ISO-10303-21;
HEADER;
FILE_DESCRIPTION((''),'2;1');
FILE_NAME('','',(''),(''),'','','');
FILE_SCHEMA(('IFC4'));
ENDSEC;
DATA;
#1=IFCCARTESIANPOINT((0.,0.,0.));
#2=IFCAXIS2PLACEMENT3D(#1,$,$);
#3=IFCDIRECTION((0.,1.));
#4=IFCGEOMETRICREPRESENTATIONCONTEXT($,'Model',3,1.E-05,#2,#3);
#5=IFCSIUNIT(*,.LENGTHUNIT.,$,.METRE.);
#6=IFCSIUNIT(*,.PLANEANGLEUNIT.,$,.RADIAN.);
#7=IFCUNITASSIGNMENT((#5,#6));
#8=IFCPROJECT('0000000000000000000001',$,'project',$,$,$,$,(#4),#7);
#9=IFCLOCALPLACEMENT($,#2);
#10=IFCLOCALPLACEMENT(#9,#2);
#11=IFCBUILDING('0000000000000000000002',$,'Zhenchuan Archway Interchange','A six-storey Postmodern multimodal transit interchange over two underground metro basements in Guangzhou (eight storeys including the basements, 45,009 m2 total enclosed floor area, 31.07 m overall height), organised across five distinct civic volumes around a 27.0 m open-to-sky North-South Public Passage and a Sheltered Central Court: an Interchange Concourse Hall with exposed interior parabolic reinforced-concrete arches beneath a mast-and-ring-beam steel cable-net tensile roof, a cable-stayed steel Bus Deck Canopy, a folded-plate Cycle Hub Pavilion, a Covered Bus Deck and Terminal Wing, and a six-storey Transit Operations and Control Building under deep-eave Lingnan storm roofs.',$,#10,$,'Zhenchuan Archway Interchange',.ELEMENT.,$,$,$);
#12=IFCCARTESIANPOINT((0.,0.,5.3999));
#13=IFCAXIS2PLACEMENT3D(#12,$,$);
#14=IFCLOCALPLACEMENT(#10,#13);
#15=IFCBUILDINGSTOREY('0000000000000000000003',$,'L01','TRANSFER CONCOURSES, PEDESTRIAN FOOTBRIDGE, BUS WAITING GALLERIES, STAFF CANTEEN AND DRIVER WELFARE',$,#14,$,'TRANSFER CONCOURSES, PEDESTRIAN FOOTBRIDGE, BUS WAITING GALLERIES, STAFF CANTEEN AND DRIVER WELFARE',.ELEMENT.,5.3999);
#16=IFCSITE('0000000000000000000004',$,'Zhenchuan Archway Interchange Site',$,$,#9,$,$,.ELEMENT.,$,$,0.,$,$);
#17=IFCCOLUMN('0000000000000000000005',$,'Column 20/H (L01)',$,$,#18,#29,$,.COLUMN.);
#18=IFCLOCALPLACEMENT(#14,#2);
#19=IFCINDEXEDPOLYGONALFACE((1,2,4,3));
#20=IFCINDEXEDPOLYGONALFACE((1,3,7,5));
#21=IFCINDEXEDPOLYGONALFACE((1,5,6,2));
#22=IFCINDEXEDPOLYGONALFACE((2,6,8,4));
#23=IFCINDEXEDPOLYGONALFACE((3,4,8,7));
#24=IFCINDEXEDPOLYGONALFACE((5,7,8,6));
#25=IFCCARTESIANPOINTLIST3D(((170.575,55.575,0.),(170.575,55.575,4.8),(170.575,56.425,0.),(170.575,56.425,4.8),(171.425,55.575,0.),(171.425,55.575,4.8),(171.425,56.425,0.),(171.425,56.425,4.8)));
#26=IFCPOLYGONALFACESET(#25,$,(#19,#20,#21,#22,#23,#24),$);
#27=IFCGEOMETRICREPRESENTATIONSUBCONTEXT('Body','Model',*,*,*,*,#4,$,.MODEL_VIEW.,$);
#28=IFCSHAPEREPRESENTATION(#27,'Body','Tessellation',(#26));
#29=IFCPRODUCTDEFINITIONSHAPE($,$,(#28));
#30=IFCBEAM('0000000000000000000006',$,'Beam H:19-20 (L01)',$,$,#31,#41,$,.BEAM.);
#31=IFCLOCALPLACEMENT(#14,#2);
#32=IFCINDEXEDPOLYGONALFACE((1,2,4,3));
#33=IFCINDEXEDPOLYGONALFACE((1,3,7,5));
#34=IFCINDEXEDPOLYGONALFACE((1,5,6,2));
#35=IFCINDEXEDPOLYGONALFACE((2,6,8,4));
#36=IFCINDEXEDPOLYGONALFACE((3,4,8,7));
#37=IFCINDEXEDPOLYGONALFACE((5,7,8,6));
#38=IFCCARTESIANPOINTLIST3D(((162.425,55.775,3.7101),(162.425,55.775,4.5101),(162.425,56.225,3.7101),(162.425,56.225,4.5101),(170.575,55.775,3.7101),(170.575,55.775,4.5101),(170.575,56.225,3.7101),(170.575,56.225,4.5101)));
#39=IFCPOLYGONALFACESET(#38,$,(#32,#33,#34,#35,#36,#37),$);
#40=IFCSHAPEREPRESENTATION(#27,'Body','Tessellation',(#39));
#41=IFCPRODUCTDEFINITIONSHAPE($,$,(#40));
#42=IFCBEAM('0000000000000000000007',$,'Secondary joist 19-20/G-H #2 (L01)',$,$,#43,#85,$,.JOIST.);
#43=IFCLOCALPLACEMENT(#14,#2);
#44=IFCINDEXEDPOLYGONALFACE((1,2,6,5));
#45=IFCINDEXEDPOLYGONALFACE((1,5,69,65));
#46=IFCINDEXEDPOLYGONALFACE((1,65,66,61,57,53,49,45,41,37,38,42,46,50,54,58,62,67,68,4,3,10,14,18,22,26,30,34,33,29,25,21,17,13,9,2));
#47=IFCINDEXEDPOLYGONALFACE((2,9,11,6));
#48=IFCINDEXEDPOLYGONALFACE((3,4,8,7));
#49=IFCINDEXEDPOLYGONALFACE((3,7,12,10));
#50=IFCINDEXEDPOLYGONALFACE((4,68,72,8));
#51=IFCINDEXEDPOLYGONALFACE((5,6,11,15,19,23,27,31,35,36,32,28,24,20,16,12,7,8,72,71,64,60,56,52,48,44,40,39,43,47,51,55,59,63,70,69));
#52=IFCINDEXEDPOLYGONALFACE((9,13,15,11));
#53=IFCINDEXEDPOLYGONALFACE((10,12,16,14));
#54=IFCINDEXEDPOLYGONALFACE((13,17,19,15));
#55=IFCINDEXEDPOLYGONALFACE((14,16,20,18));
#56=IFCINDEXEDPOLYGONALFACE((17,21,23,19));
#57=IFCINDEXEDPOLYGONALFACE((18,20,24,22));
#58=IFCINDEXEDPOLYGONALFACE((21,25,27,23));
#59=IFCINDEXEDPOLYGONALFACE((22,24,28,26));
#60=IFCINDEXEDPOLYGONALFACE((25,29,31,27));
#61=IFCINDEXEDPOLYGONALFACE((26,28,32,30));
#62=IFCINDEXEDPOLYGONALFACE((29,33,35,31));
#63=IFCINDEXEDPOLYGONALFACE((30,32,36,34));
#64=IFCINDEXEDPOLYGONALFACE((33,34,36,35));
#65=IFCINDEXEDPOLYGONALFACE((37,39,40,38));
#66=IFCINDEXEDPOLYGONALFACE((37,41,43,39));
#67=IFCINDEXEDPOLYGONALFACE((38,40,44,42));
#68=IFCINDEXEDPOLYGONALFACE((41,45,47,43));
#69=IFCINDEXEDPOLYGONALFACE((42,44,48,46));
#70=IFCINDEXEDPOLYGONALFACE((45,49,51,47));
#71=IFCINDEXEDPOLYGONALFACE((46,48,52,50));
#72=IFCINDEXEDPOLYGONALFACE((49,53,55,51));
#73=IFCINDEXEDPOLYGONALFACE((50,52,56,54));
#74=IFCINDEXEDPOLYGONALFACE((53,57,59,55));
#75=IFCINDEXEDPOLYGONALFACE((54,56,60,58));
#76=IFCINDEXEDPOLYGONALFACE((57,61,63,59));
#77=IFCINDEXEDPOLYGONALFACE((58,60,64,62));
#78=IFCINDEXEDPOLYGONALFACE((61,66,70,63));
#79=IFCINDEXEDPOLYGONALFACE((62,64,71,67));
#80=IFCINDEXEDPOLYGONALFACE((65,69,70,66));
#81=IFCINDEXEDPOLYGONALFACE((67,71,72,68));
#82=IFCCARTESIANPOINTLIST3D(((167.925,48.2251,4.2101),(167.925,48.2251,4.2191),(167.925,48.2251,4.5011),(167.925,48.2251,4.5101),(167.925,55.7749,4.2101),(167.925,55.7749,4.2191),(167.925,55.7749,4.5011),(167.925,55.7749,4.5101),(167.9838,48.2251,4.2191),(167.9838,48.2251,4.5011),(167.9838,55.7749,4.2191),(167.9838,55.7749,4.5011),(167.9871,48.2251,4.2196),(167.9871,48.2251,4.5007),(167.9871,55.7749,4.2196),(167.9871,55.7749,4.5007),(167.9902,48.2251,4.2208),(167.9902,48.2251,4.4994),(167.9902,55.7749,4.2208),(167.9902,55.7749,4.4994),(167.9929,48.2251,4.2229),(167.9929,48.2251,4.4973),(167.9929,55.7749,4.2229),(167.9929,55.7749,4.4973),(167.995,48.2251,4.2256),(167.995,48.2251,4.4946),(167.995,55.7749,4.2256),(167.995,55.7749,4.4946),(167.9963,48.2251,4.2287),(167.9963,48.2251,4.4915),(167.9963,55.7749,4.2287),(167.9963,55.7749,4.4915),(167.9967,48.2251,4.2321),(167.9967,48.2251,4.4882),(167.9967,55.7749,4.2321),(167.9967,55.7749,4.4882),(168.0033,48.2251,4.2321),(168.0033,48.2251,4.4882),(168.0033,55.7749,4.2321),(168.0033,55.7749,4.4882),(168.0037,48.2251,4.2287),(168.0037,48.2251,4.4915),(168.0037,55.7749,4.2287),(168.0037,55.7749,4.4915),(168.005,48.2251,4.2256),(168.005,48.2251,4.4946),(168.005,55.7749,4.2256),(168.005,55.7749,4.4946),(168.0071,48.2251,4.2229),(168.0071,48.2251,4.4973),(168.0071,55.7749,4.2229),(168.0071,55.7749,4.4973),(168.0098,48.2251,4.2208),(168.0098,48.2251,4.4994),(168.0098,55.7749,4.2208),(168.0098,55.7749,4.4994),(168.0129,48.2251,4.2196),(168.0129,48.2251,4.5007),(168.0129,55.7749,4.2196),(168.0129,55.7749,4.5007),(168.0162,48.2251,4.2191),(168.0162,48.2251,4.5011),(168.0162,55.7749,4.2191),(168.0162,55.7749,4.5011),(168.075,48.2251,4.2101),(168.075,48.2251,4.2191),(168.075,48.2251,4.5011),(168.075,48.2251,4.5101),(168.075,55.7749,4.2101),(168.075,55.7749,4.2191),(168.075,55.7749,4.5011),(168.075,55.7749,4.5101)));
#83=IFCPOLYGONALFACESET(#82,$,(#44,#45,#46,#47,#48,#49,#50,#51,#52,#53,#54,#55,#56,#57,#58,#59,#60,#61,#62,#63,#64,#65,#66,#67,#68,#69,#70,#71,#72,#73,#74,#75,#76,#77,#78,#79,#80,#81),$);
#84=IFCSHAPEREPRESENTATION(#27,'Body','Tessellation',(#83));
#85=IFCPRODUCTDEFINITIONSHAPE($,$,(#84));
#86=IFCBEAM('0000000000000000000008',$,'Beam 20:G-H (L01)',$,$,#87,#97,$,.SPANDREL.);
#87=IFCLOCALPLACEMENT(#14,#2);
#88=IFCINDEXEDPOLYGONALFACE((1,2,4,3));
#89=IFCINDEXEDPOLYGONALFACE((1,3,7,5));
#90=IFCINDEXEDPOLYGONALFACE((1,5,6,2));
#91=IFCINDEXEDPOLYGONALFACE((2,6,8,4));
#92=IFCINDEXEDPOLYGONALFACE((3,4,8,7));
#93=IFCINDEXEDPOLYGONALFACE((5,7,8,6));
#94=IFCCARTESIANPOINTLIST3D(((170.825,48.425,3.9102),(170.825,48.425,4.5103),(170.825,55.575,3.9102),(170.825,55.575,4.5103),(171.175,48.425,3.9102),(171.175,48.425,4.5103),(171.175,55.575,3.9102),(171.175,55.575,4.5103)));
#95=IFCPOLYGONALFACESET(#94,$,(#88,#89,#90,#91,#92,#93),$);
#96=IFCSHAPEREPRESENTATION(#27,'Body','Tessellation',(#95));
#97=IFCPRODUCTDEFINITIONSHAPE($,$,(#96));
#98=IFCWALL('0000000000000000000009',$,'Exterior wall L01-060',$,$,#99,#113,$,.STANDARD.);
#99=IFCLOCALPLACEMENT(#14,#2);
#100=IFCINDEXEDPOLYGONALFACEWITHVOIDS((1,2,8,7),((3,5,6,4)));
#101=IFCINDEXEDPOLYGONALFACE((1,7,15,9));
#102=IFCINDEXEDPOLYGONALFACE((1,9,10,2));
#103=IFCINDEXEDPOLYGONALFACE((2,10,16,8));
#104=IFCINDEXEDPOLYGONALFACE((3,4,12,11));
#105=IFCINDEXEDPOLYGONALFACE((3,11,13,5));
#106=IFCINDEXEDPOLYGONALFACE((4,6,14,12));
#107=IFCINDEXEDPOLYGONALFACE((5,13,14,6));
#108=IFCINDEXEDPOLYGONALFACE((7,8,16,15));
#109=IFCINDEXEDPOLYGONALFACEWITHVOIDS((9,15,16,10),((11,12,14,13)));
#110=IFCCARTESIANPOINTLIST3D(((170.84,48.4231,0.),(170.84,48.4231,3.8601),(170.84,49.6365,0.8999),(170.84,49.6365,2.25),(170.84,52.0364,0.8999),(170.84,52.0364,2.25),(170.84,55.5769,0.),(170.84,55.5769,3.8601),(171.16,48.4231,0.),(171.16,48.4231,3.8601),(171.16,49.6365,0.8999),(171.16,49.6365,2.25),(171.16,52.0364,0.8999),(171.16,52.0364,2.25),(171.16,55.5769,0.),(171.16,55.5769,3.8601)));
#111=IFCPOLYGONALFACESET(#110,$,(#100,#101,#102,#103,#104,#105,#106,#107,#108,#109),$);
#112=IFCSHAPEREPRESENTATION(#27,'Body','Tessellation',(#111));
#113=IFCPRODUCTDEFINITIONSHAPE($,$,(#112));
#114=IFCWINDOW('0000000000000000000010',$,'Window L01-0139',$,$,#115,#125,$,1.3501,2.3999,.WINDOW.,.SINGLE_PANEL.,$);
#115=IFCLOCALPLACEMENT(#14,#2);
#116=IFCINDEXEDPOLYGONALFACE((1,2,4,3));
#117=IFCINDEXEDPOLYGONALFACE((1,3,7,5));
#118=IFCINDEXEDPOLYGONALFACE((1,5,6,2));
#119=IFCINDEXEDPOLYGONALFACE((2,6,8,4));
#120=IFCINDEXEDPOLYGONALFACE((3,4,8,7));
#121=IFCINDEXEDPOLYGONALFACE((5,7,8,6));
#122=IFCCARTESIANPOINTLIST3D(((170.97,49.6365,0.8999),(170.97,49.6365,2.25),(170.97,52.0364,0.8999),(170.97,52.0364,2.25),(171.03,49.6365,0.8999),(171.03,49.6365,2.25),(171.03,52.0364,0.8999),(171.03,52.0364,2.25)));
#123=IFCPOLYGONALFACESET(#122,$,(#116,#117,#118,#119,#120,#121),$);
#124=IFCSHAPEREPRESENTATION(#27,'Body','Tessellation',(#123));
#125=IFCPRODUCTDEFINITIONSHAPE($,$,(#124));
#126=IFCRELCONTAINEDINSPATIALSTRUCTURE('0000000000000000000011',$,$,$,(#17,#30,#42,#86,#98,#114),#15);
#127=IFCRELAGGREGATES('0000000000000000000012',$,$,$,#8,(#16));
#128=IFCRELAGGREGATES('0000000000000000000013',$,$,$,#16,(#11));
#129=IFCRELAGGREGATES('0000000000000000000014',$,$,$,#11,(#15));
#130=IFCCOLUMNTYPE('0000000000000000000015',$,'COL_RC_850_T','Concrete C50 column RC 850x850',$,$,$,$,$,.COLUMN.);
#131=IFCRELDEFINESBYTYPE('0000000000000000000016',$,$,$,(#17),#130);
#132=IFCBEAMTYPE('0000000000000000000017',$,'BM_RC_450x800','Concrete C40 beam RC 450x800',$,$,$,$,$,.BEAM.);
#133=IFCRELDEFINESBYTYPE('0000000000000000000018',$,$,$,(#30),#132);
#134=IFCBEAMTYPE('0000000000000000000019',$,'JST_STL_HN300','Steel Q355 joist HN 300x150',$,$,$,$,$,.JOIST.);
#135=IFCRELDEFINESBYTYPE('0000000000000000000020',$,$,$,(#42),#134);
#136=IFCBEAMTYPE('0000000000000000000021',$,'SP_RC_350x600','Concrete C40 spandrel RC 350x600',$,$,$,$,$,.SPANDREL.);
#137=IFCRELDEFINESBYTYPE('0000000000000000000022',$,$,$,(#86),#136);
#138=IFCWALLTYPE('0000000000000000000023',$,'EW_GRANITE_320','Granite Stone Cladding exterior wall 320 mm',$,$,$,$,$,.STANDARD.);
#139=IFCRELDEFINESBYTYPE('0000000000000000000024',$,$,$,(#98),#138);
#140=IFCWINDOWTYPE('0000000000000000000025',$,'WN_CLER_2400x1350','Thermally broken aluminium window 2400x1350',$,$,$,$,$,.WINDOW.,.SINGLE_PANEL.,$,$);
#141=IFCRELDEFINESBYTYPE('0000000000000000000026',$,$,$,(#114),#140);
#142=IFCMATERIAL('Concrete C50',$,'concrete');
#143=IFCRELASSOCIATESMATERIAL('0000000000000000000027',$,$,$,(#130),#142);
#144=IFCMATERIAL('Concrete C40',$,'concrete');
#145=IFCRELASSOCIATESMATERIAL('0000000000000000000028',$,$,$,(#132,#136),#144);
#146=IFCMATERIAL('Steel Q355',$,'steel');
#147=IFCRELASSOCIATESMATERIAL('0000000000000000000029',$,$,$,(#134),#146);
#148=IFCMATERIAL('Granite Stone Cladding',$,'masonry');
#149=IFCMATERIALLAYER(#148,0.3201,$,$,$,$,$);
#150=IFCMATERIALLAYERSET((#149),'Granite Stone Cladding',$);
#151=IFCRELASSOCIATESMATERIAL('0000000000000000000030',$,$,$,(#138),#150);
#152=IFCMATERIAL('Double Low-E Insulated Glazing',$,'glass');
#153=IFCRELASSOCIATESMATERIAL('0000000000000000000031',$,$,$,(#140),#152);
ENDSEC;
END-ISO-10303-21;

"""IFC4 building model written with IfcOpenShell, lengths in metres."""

from ifc_helpers import new_model, si_unit, direction, frame, frame_2d, origin, origin_2d, place, context, subcontext, project, spatial, rectangle, i_section, extrude, material, layer, layer_set, material_profile, profile_set, type_object, element, fill, save


model = new_model("IFC4")

# Units and contexts
model_context = context("Model", 3, precision=1e-05, world=origin(), true_north=direction((0.0, 1.0)))
body_context = subcontext(model_context, "Body", "Model", "MODEL_VIEW")
ifc_project = project(units=[si_unit("LENGTHUNIT", "METRE"), si_unit("PLANEANGLEUNIT", "RADIAN")], contexts=[model_context])

# Site, building, storey
site_placement = place(None, origin())
site = spatial("IfcSite", under=ifc_project, at=site_placement, Name="Zhenchuan Archway Interchange Site", CompositionType="ELEMENT", RefElevation=0.0)
building_placement = place(site_placement, origin())
building = spatial("IfcBuilding", under=site, at=building_placement, Name="Zhenchuan Archway Interchange", Description="A six-storey Postmodern multimodal transit interchange over two underground metro basements in Guangzhou (eight storeys including the basements, 45,009 m2 total enclosed floor area, 31.07 m overall height), organised across five distinct civic volumes around a 27.0 m open-to-sky North-South Public Passage and a Sheltered Central Court: an Interchange Concourse Hall with exposed interior parabolic reinforced-concrete arches beneath a mast-and-ring-beam steel cable-net tensile roof, a cable-stayed steel Bus Deck Canopy, a folded-plate Cycle Hub Pavilion, a Covered Bus Deck and Terminal Wing, and a six-storey Transit Operations and Control Building under deep-eave Lingnan storm roofs.", LongName="Zhenchuan Archway Interchange", CompositionType="ELEMENT")
storey_placement = place(building_placement, frame((0.0, 0.0, 5.3999)))
storey = spatial("IfcBuildingStorey", under=building, at=storey_placement, Name="L01", Description="TRANSFER CONCOURSES, PEDESTRIAN FOOTBRIDGE, BUS WAITING GALLERIES, STAFF CANTEEN AND DRIVER WELFARE", LongName="TRANSFER CONCOURSES, PEDESTRIAN FOOTBRIDGE, BUS WAITING GALLERIES, STAFF CANTEEN AND DRIVER WELFARE", CompositionType="ELEMENT", Elevation=5.3999)

# Column
ifc_material_1 = material(Name="Concrete C50", Category="concrete")
ifc_material_profile_1 = material_profile(ifc_material_1, rectangle(XDim=0.8501, YDim=0.8501, at=origin_2d()), Name="RC 850x850")
ifc_profile_set_1 = profile_set([ifc_material_profile_1], Name="Concrete C50")
column_type = type_object("IfcColumnType", Name="COL_RC_850_T", Description="Concrete C50 column RC 850x850", PredefinedType="COLUMN", material=ifc_profile_set_1)
column_placement = place(storey_placement, frame((171.0, 56.0, 0.0), z_axis=(0.0, 0.0, 1.0), x_axis=(1.0, 0.0, 0.0)))
element("IfcColumn", 1, at=column_placement, inside=storey, type_object=column_type, Name="Column 20/H (L01)", PredefinedType="COLUMN", context=body_context, shape_type="SweptSolid", body=[
    extrude(rectangle(XDim=0.8501, YDim=0.8501, at=origin_2d()), origin(), (0.0, 0.0, 1.0), 4.8),
])

# Beams
ifc_material_2 = material(Name="Concrete C40", Category="concrete")
ifc_material_profile_2 = material_profile(ifc_material_2, rectangle(XDim=0.45, YDim=0.8, at=origin_2d()), Name="RC 450x800")
ifc_profile_set_2 = profile_set([ifc_material_profile_2], Name="Concrete C40")
beam_type_1 = type_object("IfcBeamType", Name="BM_RC_450x800", Description="Concrete C40 beam RC 450x800", PredefinedType="BEAM", material=ifc_profile_set_2)
beam_1_placement = place(storey_placement, frame((162.425, 56.0, 4.1101), z_axis=(1.0, 0.0, 0.0), x_axis=(0.0, 1.0, 0.0)))
element("IfcBeam", 2, at=beam_1_placement, inside=storey, type_object=beam_type_1, Name="Beam H:19-20 (L01)", PredefinedType="BEAM", context=body_context, shape_type="SweptSolid", body=[
    extrude(rectangle(XDim=0.45, YDim=0.8, at=origin_2d()), origin(), (0.0, 0.0, 1.0), 8.1499),
])
ifc_material_3 = material(Name="Steel Q355", Category="steel")
ifc_material_profile_3 = material_profile(ifc_material_3, i_section(OverallWidth=0.1499, OverallDepth=0.3, WebThickness=0.0066, FlangeThickness=0.009, FilletRadius=0.0129, at=origin_2d()), Name="HN 300x150")
ifc_profile_set_3 = profile_set([ifc_material_profile_3], Name="Steel Q355")
beam_type_2 = type_object("IfcBeamType", Name="JST_STL_HN300", Description="Steel Q355 joist HN 300x150", PredefinedType="JOIST", material=ifc_profile_set_3)
beam_2_placement = place(storey_placement, frame((168.0, 48.2251, 4.3601), z_axis=(0.0, 1.0, 0.0), x_axis=(-1.0, 0.0, 0.0)))
element("IfcBeam", 3, at=beam_2_placement, inside=storey, type_object=beam_type_2, Name="Secondary joist 19-20/G-H #2 (L01)", PredefinedType="JOIST", context=body_context, shape_type="SweptSolid", body=[
    extrude(i_section(OverallWidth=0.1499, OverallDepth=0.3, WebThickness=0.0066, FlangeThickness=0.009, FilletRadius=0.0129, at=origin_2d()), origin(), (0.0, 0.0, 1.0), 7.5498),
])
ifc_material_profile_4 = material_profile(ifc_material_2, rectangle(XDim=0.3501, YDim=0.6001, at=origin_2d()), Name="RC 350x600")
ifc_profile_set_4 = profile_set([ifc_material_profile_4], Name="Concrete C40")
beam_type_3 = type_object("IfcBeamType", Name="SP_RC_350x600", Description="Concrete C40 spandrel RC 350x600", PredefinedType="SPANDREL", material=ifc_profile_set_4)
beam_3_placement = place(storey_placement, frame((171.0, 48.425, 4.2102), z_axis=(0.0, 1.0, 0.0), x_axis=(-1.0, 0.0, 0.0)))
element("IfcBeam", 4, at=beam_3_placement, inside=storey, type_object=beam_type_3, Name="Beam 20:G-H (L01)", PredefinedType="SPANDREL", context=body_context, shape_type="SweptSolid", body=[
    extrude(rectangle(XDim=0.3501, YDim=0.6001, at=origin_2d()), origin(), (0.0, 0.0, 1.0), 7.1499),
])

# Wall, opening, window
ifc_material_4 = material(Name="Granite Stone Cladding", Category="masonry")
ifc_layer_1 = layer(ifc_material_4, 0.3201)
ifc_layer_set_1 = layer_set([ifc_layer_1], Name="Granite Stone Cladding")
wall_type_1 = type_object("IfcWallType", Name="EW_GRANITE_320", Description="Granite Stone Cladding exterior wall 320 mm", PredefinedType="STANDARD", material=ifc_layer_set_1)
wall_1_placement = place(storey_placement, frame((171.0, 55.5769, 0.0), z_axis=(0.0, 0.0, 1.0), x_axis=(0.0, -1.0, 0.0)))
wall_1 = element("IfcWall", 5, at=wall_1_placement, inside=storey, type_object=wall_type_1, Name="Exterior wall L01-060", PredefinedType="STANDARD", context=body_context, shape_type="SweptSolid", body=[
    extrude(rectangle(XDim=7.1538, YDim=0.3201, at=frame_2d((3.5769, 0.0))), origin(), (0.0, 0.0, 1.0), 3.8601),
])
opening_1_placement = place(wall_1_placement, frame((3.5405, 0.0, 0.8999)))
opening_1 = element("IfcOpeningElement", 6, at=opening_1_placement, cuts=wall_1, PredefinedType="OPENING", context=body_context, shape_type="SweptSolid", body=[
    extrude(rectangle(XDim=2.3999, YDim=1.3501, at=frame_2d((1.2, 0.675))), frame((0.0, 0.1719, 0.0), z_axis=(0.0, -1.0, 0.0), x_axis=(1.0, 0.0, 0.0)), (0.0, 0.0, 1.0), 0.344),
])
ifc_material_5 = material(Name="Double Low-E Insulated Glazing", Category="glass")
window_type = type_object("IfcWindowType", Name="WN_CLER_2400x1350", Description="Thermally broken aluminium window 2400x1350", PartitioningType="SINGLE_PANEL", PredefinedType="WINDOW", material=ifc_material_5)
window_placement = place(opening_1_placement, origin())
window = element("IfcWindow", 7, at=window_placement, inside=storey, type_object=window_type, Name="Window L01-0139", OverallHeight=1.3501, OverallWidth=2.3999, PartitioningType="SINGLE_PANEL", PredefinedType="WINDOW", context=body_context, shape_type="SweptSolid", body=[
    extrude(rectangle(XDim=2.3999, YDim=1.3501, at=frame_2d((1.2, 0.675))), frame((0.0, 0.03, 0.0), z_axis=(0.0, -1.0, 0.0), x_axis=(1.0, 0.0, 0.0)), (0.0, 0.0, 1.0), 0.0601),
])
fill(opening_1, window)

save(model, "model.ifc")
